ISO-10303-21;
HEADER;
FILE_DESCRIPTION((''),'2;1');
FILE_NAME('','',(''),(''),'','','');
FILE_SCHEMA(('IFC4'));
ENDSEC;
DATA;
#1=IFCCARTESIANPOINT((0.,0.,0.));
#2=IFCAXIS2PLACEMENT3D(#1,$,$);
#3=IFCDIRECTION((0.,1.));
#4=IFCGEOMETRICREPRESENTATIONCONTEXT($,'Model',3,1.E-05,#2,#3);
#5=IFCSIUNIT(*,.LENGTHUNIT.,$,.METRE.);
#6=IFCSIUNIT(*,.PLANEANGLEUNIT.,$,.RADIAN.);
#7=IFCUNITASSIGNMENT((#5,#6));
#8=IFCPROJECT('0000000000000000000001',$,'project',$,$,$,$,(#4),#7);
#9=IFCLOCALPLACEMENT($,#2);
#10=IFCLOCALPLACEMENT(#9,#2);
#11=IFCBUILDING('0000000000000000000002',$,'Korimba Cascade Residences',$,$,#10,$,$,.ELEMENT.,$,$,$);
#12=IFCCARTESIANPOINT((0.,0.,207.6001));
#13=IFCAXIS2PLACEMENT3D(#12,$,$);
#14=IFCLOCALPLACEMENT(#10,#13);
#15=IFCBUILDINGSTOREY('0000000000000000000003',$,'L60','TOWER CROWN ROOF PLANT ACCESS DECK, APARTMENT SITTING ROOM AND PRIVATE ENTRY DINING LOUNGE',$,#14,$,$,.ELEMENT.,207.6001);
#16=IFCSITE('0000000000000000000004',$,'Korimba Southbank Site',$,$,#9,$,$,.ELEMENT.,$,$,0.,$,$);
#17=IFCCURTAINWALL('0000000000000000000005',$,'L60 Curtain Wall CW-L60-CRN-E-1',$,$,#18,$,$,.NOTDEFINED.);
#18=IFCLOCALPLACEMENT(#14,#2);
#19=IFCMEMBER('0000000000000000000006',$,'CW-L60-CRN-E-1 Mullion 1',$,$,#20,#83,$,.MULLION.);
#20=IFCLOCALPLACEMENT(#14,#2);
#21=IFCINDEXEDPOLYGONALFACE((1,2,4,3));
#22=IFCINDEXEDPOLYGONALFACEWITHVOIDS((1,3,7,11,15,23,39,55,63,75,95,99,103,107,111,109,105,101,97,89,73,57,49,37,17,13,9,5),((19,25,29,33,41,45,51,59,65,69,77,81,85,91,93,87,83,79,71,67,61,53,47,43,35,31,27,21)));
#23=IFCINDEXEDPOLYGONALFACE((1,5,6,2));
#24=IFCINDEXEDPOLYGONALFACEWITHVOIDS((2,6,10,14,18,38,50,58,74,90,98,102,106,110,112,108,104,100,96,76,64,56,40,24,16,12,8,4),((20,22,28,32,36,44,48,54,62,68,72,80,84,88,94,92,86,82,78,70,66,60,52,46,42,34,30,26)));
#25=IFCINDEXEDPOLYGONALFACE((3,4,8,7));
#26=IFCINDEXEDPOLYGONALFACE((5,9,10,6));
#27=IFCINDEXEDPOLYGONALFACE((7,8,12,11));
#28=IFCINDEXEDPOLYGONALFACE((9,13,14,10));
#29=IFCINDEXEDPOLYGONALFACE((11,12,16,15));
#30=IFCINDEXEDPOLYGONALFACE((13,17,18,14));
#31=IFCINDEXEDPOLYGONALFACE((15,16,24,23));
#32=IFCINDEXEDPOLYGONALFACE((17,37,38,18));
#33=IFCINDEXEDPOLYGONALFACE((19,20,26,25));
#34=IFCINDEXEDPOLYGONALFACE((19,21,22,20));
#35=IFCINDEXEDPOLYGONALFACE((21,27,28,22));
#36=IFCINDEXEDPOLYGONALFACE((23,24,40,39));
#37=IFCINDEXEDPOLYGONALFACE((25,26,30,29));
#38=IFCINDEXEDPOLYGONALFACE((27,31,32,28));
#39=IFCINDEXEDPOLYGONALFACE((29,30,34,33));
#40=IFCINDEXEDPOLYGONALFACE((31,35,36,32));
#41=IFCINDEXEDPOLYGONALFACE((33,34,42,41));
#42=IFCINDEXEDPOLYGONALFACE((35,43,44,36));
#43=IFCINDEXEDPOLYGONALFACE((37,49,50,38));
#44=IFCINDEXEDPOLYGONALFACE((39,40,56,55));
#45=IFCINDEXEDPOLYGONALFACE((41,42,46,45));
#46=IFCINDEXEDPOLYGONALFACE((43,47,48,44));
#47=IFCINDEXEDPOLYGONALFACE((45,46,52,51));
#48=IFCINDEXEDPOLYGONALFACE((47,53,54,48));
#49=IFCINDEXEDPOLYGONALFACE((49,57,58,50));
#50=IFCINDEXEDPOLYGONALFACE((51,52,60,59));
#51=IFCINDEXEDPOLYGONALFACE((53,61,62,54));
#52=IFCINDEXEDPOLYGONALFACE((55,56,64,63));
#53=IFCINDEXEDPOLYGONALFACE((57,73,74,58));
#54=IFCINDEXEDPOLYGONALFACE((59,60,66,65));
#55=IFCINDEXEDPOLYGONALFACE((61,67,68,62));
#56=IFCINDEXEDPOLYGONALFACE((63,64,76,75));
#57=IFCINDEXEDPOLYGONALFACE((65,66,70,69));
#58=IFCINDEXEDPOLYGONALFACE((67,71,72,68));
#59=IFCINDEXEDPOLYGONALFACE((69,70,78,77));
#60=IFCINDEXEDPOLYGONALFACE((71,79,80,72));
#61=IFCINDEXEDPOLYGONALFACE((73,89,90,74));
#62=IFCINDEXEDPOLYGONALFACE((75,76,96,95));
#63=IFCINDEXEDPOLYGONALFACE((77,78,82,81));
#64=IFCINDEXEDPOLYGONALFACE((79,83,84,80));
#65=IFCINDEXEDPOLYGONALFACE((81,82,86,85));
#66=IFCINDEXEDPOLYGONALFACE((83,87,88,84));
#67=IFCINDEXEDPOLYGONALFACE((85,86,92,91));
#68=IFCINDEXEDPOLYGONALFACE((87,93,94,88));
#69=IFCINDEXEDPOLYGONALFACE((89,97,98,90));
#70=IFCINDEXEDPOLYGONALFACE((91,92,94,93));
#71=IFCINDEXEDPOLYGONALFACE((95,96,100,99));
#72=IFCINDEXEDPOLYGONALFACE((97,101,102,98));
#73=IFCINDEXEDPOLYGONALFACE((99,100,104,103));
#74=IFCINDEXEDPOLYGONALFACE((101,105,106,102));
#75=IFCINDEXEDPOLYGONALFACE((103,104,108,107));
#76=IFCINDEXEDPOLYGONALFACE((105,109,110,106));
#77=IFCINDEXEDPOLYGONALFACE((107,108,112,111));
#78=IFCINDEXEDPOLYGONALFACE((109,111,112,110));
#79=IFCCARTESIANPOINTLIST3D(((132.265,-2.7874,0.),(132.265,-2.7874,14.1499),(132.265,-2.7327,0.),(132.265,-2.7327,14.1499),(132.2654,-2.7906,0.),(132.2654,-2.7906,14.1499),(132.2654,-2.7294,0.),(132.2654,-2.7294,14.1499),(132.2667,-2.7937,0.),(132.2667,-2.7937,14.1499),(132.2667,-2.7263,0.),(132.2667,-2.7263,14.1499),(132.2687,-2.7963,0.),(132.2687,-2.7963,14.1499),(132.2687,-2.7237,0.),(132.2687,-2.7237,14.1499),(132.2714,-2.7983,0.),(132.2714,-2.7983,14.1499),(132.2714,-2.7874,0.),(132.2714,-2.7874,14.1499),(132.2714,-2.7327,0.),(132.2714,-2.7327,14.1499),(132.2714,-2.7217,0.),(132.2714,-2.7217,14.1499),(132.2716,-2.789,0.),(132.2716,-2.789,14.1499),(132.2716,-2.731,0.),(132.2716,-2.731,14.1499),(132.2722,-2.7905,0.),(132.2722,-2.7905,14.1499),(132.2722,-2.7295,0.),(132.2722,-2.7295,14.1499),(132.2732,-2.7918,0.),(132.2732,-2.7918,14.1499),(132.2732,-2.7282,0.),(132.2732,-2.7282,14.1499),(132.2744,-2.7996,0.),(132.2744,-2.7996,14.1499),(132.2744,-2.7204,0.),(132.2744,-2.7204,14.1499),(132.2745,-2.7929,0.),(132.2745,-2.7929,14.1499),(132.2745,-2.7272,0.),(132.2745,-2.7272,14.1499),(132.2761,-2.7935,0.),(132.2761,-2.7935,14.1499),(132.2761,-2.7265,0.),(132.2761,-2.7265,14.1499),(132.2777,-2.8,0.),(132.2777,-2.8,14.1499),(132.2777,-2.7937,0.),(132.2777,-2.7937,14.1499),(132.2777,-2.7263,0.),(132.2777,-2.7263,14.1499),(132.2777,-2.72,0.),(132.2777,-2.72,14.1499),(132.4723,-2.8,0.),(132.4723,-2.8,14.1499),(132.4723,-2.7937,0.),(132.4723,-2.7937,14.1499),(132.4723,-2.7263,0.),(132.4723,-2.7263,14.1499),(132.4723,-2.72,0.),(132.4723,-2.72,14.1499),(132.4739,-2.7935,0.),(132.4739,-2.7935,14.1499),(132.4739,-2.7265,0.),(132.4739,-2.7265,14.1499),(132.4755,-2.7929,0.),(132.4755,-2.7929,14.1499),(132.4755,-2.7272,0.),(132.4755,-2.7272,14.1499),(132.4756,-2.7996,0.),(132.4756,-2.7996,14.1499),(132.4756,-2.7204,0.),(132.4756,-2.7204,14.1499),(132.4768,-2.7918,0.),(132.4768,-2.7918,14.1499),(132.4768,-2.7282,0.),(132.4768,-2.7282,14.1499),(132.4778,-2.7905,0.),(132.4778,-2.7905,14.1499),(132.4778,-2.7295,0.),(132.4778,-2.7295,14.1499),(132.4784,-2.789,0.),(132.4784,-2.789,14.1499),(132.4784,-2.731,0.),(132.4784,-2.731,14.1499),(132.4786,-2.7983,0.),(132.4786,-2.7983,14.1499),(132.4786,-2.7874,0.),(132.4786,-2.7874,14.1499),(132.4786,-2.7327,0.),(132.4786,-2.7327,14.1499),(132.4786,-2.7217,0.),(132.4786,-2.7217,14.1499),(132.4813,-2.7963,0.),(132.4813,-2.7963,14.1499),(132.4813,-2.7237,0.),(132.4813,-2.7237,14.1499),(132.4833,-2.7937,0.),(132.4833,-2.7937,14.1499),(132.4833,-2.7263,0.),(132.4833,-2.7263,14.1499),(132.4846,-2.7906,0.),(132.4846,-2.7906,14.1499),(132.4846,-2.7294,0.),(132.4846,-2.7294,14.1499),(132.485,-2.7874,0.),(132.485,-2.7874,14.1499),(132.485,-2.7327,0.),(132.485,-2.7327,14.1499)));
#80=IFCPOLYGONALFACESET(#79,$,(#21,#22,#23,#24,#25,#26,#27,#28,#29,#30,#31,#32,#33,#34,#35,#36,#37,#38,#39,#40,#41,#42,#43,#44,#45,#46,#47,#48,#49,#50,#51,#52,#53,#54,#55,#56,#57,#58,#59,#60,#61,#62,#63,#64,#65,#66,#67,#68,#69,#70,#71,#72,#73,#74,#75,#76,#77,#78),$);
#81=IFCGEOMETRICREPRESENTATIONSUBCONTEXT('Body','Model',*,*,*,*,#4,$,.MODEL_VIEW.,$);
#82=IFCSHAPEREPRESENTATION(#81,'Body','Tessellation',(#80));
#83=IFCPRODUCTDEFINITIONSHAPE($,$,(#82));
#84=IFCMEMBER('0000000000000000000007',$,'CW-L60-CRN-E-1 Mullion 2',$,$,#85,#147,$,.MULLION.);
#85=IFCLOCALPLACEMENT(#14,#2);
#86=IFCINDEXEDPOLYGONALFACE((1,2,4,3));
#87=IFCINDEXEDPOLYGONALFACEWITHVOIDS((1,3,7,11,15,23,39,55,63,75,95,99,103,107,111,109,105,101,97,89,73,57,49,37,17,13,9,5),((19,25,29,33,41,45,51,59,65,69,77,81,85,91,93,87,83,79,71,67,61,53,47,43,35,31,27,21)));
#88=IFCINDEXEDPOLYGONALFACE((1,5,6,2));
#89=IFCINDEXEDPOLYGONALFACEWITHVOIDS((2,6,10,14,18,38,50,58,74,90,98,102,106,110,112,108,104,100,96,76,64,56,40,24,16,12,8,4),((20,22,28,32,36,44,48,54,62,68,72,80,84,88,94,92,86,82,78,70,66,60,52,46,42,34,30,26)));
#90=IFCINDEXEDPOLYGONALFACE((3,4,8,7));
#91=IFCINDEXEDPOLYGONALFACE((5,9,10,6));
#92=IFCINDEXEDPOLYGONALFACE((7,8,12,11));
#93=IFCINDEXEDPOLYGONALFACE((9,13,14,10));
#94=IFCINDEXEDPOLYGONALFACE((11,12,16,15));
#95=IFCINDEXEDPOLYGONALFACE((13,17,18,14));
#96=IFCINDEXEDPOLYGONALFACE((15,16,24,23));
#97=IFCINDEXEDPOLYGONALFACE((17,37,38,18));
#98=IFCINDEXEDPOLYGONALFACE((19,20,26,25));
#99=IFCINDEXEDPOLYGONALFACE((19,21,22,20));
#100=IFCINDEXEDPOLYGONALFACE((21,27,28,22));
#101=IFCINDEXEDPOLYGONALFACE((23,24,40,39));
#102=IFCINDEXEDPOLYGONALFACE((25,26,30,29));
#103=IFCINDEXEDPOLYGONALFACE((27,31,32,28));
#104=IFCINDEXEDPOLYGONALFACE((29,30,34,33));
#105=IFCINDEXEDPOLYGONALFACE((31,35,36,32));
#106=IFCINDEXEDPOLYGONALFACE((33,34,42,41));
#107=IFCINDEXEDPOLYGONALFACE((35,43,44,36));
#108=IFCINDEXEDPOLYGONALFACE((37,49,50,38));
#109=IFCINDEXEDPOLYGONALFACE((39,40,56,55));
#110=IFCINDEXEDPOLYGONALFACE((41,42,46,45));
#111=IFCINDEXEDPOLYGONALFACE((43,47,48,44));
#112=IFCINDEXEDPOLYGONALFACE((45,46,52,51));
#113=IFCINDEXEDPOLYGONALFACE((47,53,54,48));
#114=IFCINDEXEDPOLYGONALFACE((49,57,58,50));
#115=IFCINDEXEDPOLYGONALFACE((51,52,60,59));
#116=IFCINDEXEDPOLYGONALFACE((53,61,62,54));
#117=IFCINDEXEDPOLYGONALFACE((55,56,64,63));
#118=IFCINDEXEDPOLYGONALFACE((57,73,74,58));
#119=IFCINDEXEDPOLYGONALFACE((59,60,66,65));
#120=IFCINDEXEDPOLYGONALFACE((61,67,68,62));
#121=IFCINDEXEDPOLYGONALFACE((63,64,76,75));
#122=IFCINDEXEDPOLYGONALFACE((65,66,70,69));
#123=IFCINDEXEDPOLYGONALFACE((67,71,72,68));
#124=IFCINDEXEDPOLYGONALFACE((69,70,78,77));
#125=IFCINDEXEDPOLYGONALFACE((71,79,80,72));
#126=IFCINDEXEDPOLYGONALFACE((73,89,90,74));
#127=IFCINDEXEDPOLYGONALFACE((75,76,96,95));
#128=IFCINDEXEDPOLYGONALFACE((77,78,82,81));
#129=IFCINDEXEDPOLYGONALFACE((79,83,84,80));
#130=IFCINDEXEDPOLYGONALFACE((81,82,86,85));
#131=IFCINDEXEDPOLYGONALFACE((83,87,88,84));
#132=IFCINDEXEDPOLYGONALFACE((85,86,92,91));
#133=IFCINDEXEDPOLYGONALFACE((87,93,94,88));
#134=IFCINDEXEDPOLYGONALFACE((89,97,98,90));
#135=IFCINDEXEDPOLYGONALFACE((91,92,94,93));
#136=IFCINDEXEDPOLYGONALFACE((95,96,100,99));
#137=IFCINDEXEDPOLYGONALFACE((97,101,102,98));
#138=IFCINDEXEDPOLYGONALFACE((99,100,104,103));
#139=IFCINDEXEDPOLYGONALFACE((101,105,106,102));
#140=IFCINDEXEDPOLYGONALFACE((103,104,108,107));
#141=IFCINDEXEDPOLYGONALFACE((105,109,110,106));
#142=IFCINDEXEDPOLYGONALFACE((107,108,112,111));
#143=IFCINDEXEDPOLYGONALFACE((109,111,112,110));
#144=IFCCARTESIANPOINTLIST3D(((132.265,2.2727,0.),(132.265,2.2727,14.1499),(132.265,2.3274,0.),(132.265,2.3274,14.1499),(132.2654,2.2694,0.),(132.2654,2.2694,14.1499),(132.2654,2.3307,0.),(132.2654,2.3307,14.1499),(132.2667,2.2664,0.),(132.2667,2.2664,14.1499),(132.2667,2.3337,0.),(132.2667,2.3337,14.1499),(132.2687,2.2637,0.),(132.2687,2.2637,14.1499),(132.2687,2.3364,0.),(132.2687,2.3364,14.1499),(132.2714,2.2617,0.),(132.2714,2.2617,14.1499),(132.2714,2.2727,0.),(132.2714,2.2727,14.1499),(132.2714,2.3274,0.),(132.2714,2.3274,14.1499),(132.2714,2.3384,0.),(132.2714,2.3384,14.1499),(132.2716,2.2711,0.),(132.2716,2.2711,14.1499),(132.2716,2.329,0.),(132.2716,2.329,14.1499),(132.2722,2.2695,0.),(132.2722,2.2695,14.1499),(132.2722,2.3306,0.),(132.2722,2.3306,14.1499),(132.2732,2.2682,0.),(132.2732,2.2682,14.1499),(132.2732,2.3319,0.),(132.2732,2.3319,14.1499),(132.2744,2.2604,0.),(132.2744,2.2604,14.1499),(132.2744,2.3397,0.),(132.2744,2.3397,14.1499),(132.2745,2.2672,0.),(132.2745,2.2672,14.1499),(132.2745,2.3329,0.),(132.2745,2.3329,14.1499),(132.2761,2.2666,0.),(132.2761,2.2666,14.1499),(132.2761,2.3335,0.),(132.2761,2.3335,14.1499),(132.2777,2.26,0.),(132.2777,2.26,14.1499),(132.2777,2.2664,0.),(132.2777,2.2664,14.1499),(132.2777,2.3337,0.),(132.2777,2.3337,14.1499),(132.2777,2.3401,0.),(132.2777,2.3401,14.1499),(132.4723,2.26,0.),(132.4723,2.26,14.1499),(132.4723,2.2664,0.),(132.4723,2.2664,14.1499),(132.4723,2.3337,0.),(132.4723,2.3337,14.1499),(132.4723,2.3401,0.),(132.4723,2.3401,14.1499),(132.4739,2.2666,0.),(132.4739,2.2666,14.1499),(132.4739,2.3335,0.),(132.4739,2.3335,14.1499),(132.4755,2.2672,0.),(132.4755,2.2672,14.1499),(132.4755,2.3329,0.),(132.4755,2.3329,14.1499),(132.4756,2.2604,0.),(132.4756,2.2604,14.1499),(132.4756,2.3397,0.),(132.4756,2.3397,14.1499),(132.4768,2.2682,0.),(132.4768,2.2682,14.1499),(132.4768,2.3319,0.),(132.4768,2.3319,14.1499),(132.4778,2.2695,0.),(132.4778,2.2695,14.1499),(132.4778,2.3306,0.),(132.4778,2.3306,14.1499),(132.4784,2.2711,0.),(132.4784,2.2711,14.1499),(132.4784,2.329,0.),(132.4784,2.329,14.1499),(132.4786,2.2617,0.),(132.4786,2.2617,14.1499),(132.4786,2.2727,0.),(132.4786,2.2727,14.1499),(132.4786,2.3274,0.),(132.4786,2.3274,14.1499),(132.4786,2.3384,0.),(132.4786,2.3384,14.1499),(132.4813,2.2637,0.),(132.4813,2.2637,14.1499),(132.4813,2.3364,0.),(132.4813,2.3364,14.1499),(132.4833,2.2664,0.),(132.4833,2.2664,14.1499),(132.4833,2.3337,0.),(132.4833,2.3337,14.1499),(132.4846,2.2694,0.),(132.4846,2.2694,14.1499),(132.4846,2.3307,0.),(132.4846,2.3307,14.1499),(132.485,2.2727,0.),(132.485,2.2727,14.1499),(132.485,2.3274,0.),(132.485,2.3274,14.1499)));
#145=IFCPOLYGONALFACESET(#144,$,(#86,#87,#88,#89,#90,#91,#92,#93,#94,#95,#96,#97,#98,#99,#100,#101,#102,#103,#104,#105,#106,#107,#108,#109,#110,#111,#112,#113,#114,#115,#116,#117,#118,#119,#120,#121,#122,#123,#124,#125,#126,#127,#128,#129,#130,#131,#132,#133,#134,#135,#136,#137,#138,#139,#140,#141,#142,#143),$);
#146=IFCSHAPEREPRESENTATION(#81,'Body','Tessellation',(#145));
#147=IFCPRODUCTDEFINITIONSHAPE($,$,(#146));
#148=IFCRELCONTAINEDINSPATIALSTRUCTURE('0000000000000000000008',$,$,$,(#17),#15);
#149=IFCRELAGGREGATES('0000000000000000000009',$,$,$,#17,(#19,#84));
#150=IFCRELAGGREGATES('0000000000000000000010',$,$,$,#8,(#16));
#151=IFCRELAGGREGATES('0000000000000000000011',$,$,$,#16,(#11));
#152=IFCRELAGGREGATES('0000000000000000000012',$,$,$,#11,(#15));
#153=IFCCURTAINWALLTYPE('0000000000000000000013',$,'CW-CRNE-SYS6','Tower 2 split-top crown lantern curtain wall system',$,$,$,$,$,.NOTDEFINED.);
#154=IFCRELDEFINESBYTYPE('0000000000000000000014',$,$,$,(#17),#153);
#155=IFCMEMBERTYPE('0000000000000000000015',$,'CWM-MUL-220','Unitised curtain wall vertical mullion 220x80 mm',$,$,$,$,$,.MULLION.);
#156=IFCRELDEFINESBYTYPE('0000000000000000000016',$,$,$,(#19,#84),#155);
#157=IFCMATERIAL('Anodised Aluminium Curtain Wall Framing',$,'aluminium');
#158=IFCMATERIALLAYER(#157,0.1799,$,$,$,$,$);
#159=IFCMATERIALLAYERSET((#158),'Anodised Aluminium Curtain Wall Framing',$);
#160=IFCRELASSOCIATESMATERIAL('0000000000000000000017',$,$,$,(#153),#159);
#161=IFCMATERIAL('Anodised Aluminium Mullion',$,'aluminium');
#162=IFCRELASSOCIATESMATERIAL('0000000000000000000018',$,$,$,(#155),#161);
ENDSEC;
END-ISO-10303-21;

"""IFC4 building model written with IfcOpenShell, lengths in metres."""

from ifc_helpers import new_model, si_unit, direction, frame, origin, origin_2d, place, context, subcontext, project, spatial, hollow_rectangle, extrude, material, layer, layer_set, material_profile, profile_set, type_object, element, aggregate, save


model = new_model("IFC4")

# Units and contexts
model_context = context("Model", 3, precision=1e-05, world=origin(), true_north=direction((0.0, 1.0)))
body_context = subcontext(model_context, "Body", "Model", "MODEL_VIEW")
ifc_project = project(units=[si_unit("LENGTHUNIT", "METRE"), si_unit("PLANEANGLEUNIT", "RADIAN")], contexts=[model_context])

# Site, building, storey
site_placement = place(None, origin())
site = spatial("IfcSite", under=ifc_project, at=site_placement, Name="Korimba Southbank Site", CompositionType="ELEMENT", RefElevation=0.0)
building_placement = place(site_placement, origin())
building = spatial("IfcBuilding", under=site, at=building_placement, Name="Korimba Cascade Residences", CompositionType="ELEMENT")
storey_placement = place(building_placement, frame((0.0, 0.0, 207.6001)))
storey = spatial("IfcBuildingStorey", under=building, at=storey_placement, Name="L60", Description="TOWER CROWN ROOF PLANT ACCESS DECK, APARTMENT SITTING ROOM AND PRIVATE ENTRY DINING LOUNGE", CompositionType="ELEMENT", Elevation=207.6001)

# Curtain wall, members
ifc_material_1 = material(Name="Anodised Aluminium Curtain Wall Framing", Category="aluminium")
ifc_layer_1 = layer(ifc_material_1, 0.1799)
ifc_layer_set_1 = layer_set([ifc_layer_1], Name="Anodised Aluminium Curtain Wall Framing")
curtain_wall_type = type_object("IfcCurtainWallType", Name="CW-CRNE-SYS6", Description="Tower 2 split-top crown lantern curtain wall system", PredefinedType="NOTDEFINED", material=ifc_layer_set_1)
curtain_wall_1_placement = place(storey_placement, origin())
curtain_wall_1 = element("IfcCurtainWall", 1, at=curtain_wall_1_placement, inside=storey, type_object=curtain_wall_type, Name="L60 Curtain Wall CW-L60-CRN-E-1", PredefinedType="NOTDEFINED")
ifc_material_2 = material(Name="Anodised Aluminium Mullion", Category="aluminium")
ifc_material_profile_1 = material_profile(ifc_material_2, hollow_rectangle(XDim=0.0801, YDim=0.22, WallThickness=0.0063, InnerFilletRadius=0.0063, OuterFilletRadius=0.0127, at=origin_2d()), Name="Anodised Aluminium Mullion")
ifc_profile_set_1 = profile_set([ifc_material_profile_1], Name="Anodised Aluminium Mullion")
member_type_1 = type_object("IfcMemberType", Name="CWM-MUL-220", Description="Unitised curtain wall vertical mullion 220x80 mm", PredefinedType="MULLION", material=ifc_profile_set_1)
member_1_placement = place(storey_placement, frame((132.375, -2.76, 0.0), z_axis=(0.0, 0.0, 1.0), x_axis=(0.0, 1.0, 0.0)))
member_1 = element("IfcMember", 2, at=member_1_placement, type_object=member_type_1, Name="CW-L60-CRN-E-1 Mullion 1", PredefinedType="MULLION", context=body_context, shape_type="SweptSolid", body=[
    extrude(hollow_rectangle(XDim=0.0801, YDim=0.22, WallThickness=0.0063, InnerFilletRadius=0.0063, OuterFilletRadius=0.0127, at=origin_2d()), origin(), (0.0, 0.0, 1.0), 14.1499),
])
member_2_placement = place(storey_placement, frame((132.375, 2.3, 0.0), z_axis=(0.0, 0.0, 1.0), x_axis=(0.0, 1.0, 0.0)))
member_2 = element("IfcMember", 3, at=member_2_placement, type_object=member_type_1, Name="CW-L60-CRN-E-1 Mullion 2", PredefinedType="MULLION", context=body_context, shape_type="SweptSolid", body=[
    extrude(hollow_rectangle(XDim=0.0801, YDim=0.22, WallThickness=0.0063, InnerFilletRadius=0.0063, OuterFilletRadius=0.0127, at=origin_2d()), origin(), (0.0, 0.0, 1.0), 14.1499),
])

aggregate(curtain_wall_1, [member_1, member_2])

save(model, "model.ifc")
